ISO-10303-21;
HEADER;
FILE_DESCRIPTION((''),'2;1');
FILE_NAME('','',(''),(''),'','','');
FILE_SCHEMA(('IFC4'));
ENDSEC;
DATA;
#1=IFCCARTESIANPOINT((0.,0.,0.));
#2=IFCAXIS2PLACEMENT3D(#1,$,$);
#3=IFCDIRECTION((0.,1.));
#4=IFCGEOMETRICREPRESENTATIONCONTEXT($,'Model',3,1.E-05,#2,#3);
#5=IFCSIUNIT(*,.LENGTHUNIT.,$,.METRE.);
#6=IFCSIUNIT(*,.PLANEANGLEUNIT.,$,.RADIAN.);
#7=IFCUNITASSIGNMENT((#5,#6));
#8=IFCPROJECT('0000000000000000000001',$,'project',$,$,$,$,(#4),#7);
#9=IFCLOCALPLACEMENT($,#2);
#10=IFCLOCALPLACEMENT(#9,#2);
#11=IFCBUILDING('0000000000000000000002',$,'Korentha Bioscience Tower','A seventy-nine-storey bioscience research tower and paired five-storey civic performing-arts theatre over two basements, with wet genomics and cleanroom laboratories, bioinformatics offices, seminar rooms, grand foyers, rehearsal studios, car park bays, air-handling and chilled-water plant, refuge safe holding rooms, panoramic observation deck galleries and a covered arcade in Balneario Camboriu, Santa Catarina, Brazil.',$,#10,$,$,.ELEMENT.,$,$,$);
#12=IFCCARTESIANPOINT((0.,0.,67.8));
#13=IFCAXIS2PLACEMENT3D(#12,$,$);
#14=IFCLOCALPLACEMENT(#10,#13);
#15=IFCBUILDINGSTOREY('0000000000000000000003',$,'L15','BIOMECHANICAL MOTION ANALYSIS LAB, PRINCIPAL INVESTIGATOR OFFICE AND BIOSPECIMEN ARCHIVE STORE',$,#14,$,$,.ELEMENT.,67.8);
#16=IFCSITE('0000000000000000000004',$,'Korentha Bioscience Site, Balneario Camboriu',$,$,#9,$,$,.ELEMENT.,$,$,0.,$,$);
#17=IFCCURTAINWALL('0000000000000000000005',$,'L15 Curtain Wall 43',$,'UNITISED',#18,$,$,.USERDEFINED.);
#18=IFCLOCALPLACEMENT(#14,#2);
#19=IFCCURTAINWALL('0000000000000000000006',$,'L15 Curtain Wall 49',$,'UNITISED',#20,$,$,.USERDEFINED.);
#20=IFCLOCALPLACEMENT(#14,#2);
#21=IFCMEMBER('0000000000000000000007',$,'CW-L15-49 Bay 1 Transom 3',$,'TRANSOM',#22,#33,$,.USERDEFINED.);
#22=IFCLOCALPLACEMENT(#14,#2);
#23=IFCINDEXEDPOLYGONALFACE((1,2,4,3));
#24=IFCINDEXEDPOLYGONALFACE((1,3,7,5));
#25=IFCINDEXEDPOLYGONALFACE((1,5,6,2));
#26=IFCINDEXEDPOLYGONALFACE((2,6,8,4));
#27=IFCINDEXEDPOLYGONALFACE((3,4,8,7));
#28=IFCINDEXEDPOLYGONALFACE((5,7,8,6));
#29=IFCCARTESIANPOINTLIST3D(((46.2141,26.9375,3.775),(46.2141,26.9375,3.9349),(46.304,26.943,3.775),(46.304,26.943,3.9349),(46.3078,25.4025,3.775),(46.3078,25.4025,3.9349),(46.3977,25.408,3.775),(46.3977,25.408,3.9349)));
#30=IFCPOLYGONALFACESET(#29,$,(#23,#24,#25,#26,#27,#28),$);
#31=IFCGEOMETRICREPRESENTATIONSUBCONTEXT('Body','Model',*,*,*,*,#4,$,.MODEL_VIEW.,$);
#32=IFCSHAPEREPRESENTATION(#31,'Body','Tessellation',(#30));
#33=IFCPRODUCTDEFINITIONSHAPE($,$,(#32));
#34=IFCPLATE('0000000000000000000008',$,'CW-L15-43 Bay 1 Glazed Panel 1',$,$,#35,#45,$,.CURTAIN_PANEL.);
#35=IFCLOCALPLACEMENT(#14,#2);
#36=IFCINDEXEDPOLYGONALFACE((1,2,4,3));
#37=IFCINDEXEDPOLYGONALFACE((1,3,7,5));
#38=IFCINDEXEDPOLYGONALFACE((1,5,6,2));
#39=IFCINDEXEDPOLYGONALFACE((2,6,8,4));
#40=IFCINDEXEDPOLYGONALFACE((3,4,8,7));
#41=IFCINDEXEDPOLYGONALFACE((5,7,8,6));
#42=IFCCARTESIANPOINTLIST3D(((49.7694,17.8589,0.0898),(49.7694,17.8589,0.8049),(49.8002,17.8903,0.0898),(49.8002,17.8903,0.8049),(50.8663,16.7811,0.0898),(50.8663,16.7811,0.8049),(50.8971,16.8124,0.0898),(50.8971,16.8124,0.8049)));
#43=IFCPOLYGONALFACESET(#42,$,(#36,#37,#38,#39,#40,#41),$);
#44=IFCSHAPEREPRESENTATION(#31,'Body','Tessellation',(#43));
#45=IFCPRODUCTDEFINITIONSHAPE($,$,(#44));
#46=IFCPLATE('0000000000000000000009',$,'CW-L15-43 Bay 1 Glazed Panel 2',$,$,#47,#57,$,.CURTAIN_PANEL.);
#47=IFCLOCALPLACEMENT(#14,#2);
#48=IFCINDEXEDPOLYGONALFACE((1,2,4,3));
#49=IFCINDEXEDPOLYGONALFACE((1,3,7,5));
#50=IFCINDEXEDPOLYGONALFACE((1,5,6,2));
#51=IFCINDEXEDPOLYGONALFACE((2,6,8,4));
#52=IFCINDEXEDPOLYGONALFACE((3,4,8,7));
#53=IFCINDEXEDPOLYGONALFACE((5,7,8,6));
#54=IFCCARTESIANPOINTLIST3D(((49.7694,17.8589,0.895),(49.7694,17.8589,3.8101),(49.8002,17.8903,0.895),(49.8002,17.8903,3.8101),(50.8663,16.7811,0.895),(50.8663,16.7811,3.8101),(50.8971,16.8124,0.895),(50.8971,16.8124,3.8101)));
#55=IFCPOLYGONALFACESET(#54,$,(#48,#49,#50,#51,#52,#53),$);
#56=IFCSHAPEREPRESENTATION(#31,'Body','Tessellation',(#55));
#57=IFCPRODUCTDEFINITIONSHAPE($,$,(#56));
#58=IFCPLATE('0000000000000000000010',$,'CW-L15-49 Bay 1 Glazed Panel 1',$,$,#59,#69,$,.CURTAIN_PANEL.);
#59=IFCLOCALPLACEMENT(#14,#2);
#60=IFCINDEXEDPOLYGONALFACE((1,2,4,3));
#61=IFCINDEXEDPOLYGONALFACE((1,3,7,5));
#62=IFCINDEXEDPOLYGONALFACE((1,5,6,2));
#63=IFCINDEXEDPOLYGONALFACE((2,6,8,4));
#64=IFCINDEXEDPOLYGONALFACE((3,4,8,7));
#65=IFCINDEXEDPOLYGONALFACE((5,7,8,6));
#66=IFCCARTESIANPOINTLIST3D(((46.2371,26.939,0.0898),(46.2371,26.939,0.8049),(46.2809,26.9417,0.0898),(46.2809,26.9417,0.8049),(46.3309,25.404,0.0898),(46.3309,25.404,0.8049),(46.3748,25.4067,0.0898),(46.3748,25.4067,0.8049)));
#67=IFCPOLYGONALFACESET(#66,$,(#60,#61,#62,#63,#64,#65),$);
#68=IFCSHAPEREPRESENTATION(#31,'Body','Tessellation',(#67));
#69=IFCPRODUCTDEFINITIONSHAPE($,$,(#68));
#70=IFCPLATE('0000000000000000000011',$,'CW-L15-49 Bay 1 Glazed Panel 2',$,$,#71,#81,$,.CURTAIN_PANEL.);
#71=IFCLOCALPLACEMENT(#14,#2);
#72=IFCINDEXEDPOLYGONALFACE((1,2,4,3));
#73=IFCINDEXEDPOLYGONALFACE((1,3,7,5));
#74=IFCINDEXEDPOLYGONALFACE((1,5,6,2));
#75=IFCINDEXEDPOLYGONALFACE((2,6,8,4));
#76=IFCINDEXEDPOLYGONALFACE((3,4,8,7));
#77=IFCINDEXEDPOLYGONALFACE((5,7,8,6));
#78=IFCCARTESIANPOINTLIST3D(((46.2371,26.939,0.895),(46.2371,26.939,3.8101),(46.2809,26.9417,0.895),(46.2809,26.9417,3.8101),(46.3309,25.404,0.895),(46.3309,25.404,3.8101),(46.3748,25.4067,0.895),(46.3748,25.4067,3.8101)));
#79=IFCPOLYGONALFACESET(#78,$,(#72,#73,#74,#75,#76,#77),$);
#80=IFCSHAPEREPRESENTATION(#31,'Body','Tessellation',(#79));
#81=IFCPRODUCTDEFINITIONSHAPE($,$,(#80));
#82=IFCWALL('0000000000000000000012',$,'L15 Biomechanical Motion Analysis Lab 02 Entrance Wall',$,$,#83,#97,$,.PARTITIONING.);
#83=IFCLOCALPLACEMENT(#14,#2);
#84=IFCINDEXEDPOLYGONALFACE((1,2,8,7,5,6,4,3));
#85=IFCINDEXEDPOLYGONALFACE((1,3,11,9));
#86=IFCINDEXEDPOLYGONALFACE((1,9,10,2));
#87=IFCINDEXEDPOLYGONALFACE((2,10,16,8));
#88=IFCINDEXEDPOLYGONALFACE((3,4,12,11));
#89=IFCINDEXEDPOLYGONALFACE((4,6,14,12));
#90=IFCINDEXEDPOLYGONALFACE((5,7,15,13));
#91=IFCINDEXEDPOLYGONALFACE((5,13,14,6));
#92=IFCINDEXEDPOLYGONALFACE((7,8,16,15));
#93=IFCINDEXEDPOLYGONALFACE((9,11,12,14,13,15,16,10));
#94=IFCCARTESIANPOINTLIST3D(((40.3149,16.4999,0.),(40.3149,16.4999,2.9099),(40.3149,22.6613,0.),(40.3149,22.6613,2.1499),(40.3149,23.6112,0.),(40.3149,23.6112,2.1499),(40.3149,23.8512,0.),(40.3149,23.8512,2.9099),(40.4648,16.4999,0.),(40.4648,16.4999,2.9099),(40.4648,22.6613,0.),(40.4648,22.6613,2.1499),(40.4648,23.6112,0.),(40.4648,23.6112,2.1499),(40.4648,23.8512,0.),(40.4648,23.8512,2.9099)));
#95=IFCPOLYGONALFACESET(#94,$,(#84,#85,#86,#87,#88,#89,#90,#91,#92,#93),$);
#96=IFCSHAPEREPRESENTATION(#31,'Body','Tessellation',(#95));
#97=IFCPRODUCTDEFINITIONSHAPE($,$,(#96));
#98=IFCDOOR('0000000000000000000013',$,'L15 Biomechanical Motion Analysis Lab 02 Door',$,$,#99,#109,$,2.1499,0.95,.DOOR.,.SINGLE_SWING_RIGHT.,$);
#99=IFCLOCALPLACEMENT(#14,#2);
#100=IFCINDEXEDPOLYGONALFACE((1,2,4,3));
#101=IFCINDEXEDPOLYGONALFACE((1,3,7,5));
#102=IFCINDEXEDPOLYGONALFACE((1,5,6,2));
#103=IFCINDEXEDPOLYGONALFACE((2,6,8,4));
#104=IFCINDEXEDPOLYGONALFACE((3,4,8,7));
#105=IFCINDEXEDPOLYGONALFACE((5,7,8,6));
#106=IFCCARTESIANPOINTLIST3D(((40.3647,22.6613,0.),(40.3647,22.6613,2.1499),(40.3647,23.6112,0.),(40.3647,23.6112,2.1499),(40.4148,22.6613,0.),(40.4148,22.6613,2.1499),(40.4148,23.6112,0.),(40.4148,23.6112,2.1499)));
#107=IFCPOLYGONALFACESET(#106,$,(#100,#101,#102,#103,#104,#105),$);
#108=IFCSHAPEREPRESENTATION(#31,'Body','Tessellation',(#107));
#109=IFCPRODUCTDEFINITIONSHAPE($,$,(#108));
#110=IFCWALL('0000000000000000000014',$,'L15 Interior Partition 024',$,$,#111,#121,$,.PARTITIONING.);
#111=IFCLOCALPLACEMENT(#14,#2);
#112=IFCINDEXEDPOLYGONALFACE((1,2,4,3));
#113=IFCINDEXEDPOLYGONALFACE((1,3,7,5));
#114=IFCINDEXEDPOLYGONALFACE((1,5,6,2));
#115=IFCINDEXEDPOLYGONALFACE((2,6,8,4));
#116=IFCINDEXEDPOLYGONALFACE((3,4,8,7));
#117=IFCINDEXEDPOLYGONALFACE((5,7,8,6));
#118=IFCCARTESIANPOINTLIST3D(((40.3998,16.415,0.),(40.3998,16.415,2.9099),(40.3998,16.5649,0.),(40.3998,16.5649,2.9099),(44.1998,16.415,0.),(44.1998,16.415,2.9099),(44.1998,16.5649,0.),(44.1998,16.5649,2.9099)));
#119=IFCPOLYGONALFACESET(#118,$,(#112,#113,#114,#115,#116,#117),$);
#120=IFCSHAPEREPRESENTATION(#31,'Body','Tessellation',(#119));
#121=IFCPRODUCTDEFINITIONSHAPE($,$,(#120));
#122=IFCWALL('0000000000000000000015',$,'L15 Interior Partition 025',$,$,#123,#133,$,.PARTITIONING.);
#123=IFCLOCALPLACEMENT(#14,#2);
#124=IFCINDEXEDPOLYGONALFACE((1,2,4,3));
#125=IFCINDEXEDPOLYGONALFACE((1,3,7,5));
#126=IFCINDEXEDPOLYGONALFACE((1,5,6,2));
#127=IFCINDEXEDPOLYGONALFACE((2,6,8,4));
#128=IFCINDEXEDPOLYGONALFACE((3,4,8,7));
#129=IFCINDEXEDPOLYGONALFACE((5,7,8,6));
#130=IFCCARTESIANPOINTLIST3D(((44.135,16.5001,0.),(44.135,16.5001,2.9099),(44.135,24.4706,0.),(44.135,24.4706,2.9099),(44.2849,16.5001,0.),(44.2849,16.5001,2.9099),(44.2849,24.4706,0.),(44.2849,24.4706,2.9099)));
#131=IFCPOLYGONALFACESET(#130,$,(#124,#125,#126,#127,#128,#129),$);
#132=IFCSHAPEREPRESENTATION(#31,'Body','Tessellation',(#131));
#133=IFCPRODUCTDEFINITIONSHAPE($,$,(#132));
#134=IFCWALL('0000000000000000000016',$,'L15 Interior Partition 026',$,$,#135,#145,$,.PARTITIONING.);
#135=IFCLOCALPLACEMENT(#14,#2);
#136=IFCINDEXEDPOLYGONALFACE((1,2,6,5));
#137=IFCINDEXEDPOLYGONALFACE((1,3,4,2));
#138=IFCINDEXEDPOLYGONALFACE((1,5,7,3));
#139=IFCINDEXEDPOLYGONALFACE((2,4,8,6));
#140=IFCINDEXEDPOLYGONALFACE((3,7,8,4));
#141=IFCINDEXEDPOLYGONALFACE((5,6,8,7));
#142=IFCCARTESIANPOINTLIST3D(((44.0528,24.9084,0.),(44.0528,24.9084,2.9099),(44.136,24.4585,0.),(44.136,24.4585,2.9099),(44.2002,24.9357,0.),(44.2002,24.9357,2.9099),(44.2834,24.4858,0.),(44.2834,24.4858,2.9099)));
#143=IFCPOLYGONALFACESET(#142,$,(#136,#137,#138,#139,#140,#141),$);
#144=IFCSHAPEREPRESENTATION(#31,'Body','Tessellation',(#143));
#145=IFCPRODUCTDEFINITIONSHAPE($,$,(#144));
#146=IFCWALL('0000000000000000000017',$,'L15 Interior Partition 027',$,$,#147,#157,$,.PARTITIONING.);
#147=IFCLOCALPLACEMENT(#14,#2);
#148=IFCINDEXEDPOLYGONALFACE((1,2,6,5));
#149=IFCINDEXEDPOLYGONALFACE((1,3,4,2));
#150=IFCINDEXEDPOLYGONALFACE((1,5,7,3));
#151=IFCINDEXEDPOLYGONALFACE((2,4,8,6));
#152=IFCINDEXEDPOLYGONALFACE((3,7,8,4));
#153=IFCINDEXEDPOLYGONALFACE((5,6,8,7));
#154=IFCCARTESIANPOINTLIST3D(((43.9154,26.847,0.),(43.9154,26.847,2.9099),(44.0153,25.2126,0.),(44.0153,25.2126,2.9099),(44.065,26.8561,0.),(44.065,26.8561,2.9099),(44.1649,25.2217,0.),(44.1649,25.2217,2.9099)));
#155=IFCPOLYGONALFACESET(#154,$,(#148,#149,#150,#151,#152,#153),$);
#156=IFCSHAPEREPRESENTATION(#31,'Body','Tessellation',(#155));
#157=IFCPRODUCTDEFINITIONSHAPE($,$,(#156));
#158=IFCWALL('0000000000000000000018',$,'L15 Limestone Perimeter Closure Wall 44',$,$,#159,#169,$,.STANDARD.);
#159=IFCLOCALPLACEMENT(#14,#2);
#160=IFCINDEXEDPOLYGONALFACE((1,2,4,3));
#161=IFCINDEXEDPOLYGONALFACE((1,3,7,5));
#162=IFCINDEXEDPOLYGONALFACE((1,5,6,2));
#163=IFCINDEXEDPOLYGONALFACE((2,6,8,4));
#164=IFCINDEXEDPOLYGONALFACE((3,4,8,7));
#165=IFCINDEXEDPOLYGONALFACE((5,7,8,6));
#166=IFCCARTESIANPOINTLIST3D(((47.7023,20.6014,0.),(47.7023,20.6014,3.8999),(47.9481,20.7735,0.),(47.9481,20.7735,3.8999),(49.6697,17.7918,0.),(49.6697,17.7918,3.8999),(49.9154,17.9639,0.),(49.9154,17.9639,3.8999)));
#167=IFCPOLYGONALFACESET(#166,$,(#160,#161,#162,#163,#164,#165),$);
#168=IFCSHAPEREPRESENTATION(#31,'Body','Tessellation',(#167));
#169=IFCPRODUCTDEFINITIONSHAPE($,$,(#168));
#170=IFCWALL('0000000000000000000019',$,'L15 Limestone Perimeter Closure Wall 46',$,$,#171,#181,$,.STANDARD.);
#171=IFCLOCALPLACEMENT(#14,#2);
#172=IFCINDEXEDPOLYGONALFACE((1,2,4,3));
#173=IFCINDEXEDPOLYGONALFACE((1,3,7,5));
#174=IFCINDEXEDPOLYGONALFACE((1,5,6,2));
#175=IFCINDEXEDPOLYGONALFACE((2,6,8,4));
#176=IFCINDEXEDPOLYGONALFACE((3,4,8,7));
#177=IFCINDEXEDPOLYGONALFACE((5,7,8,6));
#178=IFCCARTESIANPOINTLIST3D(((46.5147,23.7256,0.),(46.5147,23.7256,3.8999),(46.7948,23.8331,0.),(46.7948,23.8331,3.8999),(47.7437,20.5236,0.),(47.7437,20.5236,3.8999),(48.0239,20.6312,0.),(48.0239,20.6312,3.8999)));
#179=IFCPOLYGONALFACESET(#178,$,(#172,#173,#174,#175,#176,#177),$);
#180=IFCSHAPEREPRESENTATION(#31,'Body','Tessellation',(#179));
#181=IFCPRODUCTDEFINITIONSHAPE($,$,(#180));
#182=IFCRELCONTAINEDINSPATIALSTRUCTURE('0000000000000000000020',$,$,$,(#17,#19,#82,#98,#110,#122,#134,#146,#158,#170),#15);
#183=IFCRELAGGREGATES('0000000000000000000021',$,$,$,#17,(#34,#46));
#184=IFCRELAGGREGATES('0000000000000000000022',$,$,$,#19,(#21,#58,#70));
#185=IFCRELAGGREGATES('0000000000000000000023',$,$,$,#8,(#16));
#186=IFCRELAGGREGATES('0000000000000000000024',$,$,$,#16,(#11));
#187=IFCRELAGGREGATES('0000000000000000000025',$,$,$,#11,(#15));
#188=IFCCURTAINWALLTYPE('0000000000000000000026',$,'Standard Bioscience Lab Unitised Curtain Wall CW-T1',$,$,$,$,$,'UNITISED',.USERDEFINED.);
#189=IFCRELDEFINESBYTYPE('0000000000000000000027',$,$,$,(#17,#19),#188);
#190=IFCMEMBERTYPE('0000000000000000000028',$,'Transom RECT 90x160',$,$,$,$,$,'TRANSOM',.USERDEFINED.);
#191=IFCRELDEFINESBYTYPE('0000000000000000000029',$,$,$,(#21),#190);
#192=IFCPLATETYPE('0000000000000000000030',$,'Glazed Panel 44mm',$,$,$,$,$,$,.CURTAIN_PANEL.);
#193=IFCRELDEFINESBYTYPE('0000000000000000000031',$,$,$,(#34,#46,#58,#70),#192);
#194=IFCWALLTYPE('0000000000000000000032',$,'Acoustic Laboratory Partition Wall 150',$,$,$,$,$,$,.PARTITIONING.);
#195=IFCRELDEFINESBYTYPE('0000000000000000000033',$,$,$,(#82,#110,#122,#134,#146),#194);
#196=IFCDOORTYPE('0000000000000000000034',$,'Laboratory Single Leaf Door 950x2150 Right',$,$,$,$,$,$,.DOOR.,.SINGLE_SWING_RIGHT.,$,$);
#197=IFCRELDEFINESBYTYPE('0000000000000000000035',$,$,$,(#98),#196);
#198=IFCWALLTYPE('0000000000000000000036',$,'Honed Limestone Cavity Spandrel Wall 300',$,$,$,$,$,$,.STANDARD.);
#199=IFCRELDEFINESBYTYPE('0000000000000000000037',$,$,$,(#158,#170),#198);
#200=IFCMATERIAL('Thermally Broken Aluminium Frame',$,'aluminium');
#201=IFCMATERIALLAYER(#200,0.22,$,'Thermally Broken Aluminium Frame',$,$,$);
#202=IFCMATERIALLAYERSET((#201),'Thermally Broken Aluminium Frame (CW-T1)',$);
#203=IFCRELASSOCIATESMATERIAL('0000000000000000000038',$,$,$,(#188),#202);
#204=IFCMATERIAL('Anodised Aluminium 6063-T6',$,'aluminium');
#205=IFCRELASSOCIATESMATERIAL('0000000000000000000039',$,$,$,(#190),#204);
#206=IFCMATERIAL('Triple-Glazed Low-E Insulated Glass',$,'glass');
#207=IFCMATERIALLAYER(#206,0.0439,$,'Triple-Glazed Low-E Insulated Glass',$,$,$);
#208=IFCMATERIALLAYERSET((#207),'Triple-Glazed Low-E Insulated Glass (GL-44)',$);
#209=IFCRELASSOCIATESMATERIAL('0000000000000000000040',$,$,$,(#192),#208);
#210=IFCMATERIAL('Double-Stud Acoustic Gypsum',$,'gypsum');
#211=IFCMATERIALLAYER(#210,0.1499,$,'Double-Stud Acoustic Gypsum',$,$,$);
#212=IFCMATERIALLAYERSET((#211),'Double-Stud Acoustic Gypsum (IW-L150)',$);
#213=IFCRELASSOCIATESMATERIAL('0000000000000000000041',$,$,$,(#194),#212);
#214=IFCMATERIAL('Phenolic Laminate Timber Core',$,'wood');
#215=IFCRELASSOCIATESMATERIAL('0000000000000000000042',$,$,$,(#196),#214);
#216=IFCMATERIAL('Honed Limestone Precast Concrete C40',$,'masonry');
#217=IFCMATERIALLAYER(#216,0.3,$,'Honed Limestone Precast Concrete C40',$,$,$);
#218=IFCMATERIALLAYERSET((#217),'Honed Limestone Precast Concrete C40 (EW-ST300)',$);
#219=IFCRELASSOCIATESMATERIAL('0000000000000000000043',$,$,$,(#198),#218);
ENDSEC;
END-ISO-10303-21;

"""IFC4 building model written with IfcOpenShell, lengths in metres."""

from ifc_helpers import new_model, si_unit, direction, frame, frame_2d, origin, origin_2d, place, context, subcontext, project, spatial, rectangle, extrude, material, layer, layer_set, material_profile, profile_set, type_object, element, fill, aggregate, save


model = new_model("IFC4")

# Units and contexts
model_context = context("Model", 3, precision=1e-05, world=origin(), true_north=direction((0.0, 1.0)))
body_context = subcontext(model_context, "Body", "Model", "MODEL_VIEW")
ifc_project = project(units=[si_unit("LENGTHUNIT", "METRE"), si_unit("PLANEANGLEUNIT", "RADIAN")], contexts=[model_context])

# Site, building, storey
site_placement = place(None, origin())
site = spatial("IfcSite", under=ifc_project, at=site_placement, Name="Korentha Bioscience Site, Balneario Camboriu", CompositionType="ELEMENT", RefElevation=0.0)
building_placement = place(site_placement, origin())
building = spatial("IfcBuilding", under=site, at=building_placement, Name="Korentha Bioscience Tower", Description="A seventy-nine-storey bioscience research tower and paired five-storey civic performing-arts theatre over two basements, with wet genomics and cleanroom laboratories, bioinformatics offices, seminar rooms, grand foyers, rehearsal studios, car park bays, air-handling and chilled-water plant, refuge safe holding rooms, panoramic observation deck galleries and a covered arcade in Balneario Camboriu, Santa Catarina, Brazil.", CompositionType="ELEMENT")
storey_placement = place(building_placement, frame((0.0, 0.0, 67.8)))
storey = spatial("IfcBuildingStorey", under=building, at=storey_placement, Name="L15", Description="BIOMECHANICAL MOTION ANALYSIS LAB, PRINCIPAL INVESTIGATOR OFFICE AND BIOSPECIMEN ARCHIVE STORE", CompositionType="ELEMENT", Elevation=67.8)

# Curtain wall
ifc_material_1 = material(Name="Thermally Broken Aluminium Frame", Category="aluminium")
ifc_layer_1 = layer(ifc_material_1, 0.22, Name="Thermally Broken Aluminium Frame")
ifc_layer_set_1 = layer_set([ifc_layer_1], Name="Thermally Broken Aluminium Frame (CW-T1)")
curtain_wall_type = type_object("IfcCurtainWallType", Name="Standard Bioscience Lab Unitised Curtain Wall CW-T1", ElementType="UNITISED", PredefinedType="USERDEFINED", material=ifc_layer_set_1)
curtain_wall_1_placement = place(storey_placement, origin())
curtain_wall_1 = element("IfcCurtainWall", 1, at=curtain_wall_1_placement, inside=storey, type_object=curtain_wall_type, Name="L15 Curtain Wall 43", ObjectType="UNITISED", PredefinedType="USERDEFINED")
ifc_material_2 = material(Name="Anodised Aluminium 6063-T6", Category="aluminium")

# Curtain wall
curtain_wall_2_placement = place(storey_placement, origin())
curtain_wall_2 = element("IfcCurtainWall", 2, at=curtain_wall_2_placement, inside=storey, type_object=curtain_wall_type, Name="L15 Curtain Wall 49", ObjectType="UNITISED", PredefinedType="USERDEFINED")

# Member
ifc_material_profile_1 = material_profile(ifc_material_2, rectangle(XDim=0.0901, YDim=0.1599, at=origin_2d()), Name="Anodised Aluminium 6063-T6")
ifc_profile_set_1 = profile_set([ifc_material_profile_1], Name="Anodised Aluminium 6063-T6 (CW-TRN)")
member_type_1 = type_object("IfcMemberType", Name="Transom RECT 90x160", ElementType="TRANSOM", PredefinedType="USERDEFINED", material=ifc_profile_set_1)
member_1_placement = place(storey_placement, frame((46.3528, 25.4053, 3.855), z_axis=(-0.060965, 0.99814, 0.0), x_axis=(-0.99814, -0.060965, 0.0)))
member_1 = element("IfcMember", 3, at=member_1_placement, type_object=member_type_1, Name="CW-L15-49 Bay 1 Transom 3", ObjectType="TRANSOM", PredefinedType="USERDEFINED", context=body_context, shape_type="SweptSolid", body=[
    extrude(rectangle(XDim=0.0901, YDim=0.1599, at=origin_2d()), origin(), (0.0, 0.0, 1.0), 1.5378),
])

# Plates
ifc_material_3 = material(Name="Triple-Glazed Low-E Insulated Glass", Category="glass")
ifc_layer_2 = layer(ifc_material_3, 0.0439, Name="Triple-Glazed Low-E Insulated Glass")
ifc_layer_set_2 = layer_set([ifc_layer_2], Name="Triple-Glazed Low-E Insulated Glass (GL-44)")
plate_type = type_object("IfcPlateType", Name="Glazed Panel 44mm", PredefinedType="CURTAIN_PANEL", material=ifc_layer_set_2)
plate_1_placement = place(storey_placement, frame((50.3333, 17.3357, 0.0898), z_axis=(0.0, 0.0, 1.0), x_axis=(-0.713279, 0.70088, 0.0)))
plate_1 = element("IfcPlate", 4, at=plate_1_placement, type_object=plate_type, Name="CW-L15-43 Bay 1 Glazed Panel 1", PredefinedType="CURTAIN_PANEL", context=body_context, shape_type="SweptSolid", body=[
    extrude(rectangle(XDim=1.5378, YDim=0.0439, at=origin_2d()), origin(), (0.0, 0.0, 1.0), 0.7151),
])
plate_2_placement = place(storey_placement, frame((50.3333, 17.3357, 0.895), z_axis=(0.0, 0.0, 1.0), x_axis=(-0.713279, 0.70088, 0.0)))
plate_2 = element("IfcPlate", 5, at=plate_2_placement, type_object=plate_type, Name="CW-L15-43 Bay 1 Glazed Panel 2", PredefinedType="CURTAIN_PANEL", context=body_context, shape_type="SweptSolid", body=[
    extrude(rectangle(XDim=1.5378, YDim=0.0439, at=origin_2d()), origin(), (0.0, 0.0, 1.0), 2.915),
])
aggregate(curtain_wall_1, [plate_1, plate_2])
plate_3_placement = place(storey_placement, frame((46.3059, 26.1729, 0.0898), z_axis=(0.0, 0.0, 1.0), x_axis=(-0.061008, 0.998137, 0.0)))
plate_3 = element("IfcPlate", 6, at=plate_3_placement, type_object=plate_type, Name="CW-L15-49 Bay 1 Glazed Panel 1", PredefinedType="CURTAIN_PANEL", context=body_context, shape_type="SweptSolid", body=[
    extrude(rectangle(XDim=1.5378, YDim=0.0439, at=origin_2d()), origin(), (0.0, 0.0, 1.0), 0.7151),
])
plate_4_placement = place(storey_placement, frame((46.3059, 26.1729, 0.895), z_axis=(0.0, 0.0, 1.0), x_axis=(-0.061008, 0.998137, 0.0)))
plate_4 = element("IfcPlate", 7, at=plate_4_placement, type_object=plate_type, Name="CW-L15-49 Bay 1 Glazed Panel 2", PredefinedType="CURTAIN_PANEL", context=body_context, shape_type="SweptSolid", body=[
    extrude(rectangle(XDim=1.5378, YDim=0.0439, at=origin_2d()), origin(), (0.0, 0.0, 1.0), 2.915),
])
aggregate(curtain_wall_2, [member_1, plate_3, plate_4])

# Wall, opening, door
ifc_material_4 = material(Name="Double-Stud Acoustic Gypsum", Category="gypsum")
ifc_layer_3 = layer(ifc_material_4, 0.1499, Name="Double-Stud Acoustic Gypsum")
ifc_layer_set_3 = layer_set([ifc_layer_3], Name="Double-Stud Acoustic Gypsum (IW-L150)")
wall_type_1 = type_object("IfcWallType", Name="Acoustic Laboratory Partition Wall 150", PredefinedType="PARTITIONING", material=ifc_layer_set_3)
wall_1_placement = place(storey_placement, frame((40.3899, 23.8513, 0.0), z_axis=(0.0, 0.0, 1.0), x_axis=(0.0, -1.0, 0.0)))
wall_1 = element("IfcWall", 8, at=wall_1_placement, inside=storey, type_object=wall_type_1, Name="L15 Biomechanical Motion Analysis Lab 02 Entrance Wall", PredefinedType="PARTITIONING", context=body_context, shape_type="SweptSolid", body=[
    extrude(rectangle(XDim=7.3513, YDim=0.1499, at=frame_2d((3.6758, 0.0))), origin(), (0.0, 0.0, 1.0), 2.9099),
])
opening_placement = place(wall_1_placement, frame((0.24, 0.0, 0.0)))
opening = element("IfcOpeningElement", 9, at=opening_placement, cuts=wall_1, PredefinedType="OPENING", context=body_context, shape_type="SweptSolid", body=[
    extrude(rectangle(XDim=0.95, YDim=2.1499, at=frame_2d((0.4751, 1.075))), frame((0.0, 0.0898, 0.0), z_axis=(0.0, -1.0, 0.0), x_axis=(1.0, 0.0, 0.0)), (0.0, 0.0, 1.0), 0.1797),
])
ifc_material_5 = material(Name="Phenolic Laminate Timber Core", Category="wood")
door_type = type_object("IfcDoorType", Name="Laboratory Single Leaf Door 950x2150 Right", OperationType="SINGLE_SWING_RIGHT", PredefinedType="DOOR", material=ifc_material_5)
door_placement = place(opening_placement, origin())
door = element("IfcDoor", 10, at=door_placement, inside=storey, type_object=door_type, Name="L15 Biomechanical Motion Analysis Lab 02 Door", OperationType="SINGLE_SWING_RIGHT", OverallHeight=2.1499, OverallWidth=0.95, PredefinedType="DOOR", context=body_context, shape_type="SweptSolid", body=[
    extrude(rectangle(XDim=0.95, YDim=2.1499, at=frame_2d((0.4751, 1.075))), frame((0.0, 0.0249, 0.0), z_axis=(0.0, -1.0, 0.0), x_axis=(1.0, 0.0, 0.0)), (0.0, 0.0, 1.0), 0.05),
])
fill(opening, door)

# Walls
wall_2_placement = place(storey_placement, frame((40.3999, 16.49, 0.0), z_axis=(0.0, 0.0, 1.0), x_axis=(1.0, 0.0, 0.0)))
element("IfcWall", 11, at=wall_2_placement, inside=storey, type_object=wall_type_1, Name="L15 Interior Partition 024", PredefinedType="PARTITIONING", context=body_context, shape_type="SweptSolid", body=[
    extrude(rectangle(XDim=3.8, YDim=0.1499, at=frame_2d((1.8999, 0.0))), origin(), (0.0, 0.0, 1.0), 2.9099),
])
wall_3_placement = place(storey_placement, frame((44.21, 16.5, 0.0), z_axis=(0.0, 0.0, 1.0), x_axis=(0.0, 1.0, 0.0)))
element("IfcWall", 12, at=wall_3_placement, inside=storey, type_object=wall_type_1, Name="L15 Interior Partition 025", PredefinedType="PARTITIONING", context=body_context, shape_type="SweptSolid", body=[
    extrude(rectangle(XDim=7.9705, YDim=0.1499, at=frame_2d((3.9854, 0.0))), origin(), (0.0, 0.0, 1.0), 2.9099),
])
wall_4_placement = place(storey_placement, frame((44.2097, 24.4722, 0.0), z_axis=(0.0, 0.0, 1.0), x_axis=(-0.181936, 0.98331, 0.0)))
element("IfcWall", 13, at=wall_4_placement, inside=storey, type_object=wall_type_1, Name="L15 Interior Partition 026", PredefinedType="PARTITIONING", context=body_context, shape_type="SweptSolid", body=[
    extrude(rectangle(XDim=0.4575, YDim=0.1499, at=frame_2d((0.2288, 0.0))), origin(), (0.0, 0.0, 1.0), 2.9099),
])
wall_5_placement = place(storey_placement, frame((44.0901, 25.217, 0.0), z_axis=(0.0, 0.0, 1.0), x_axis=(-0.060977, 0.998139, 0.0)))
element("IfcWall", 14, at=wall_5_placement, inside=storey, type_object=wall_type_1, Name="L15 Interior Partition 027", PredefinedType="PARTITIONING", context=body_context, shape_type="SweptSolid", body=[
    extrude(rectangle(XDim=1.6375, YDim=0.1499, at=frame_2d((0.8188, 0.0))), origin(), (0.0, 0.0, 1.0), 2.9099),
])
ifc_material_6 = material(Name="Honed Limestone Precast Concrete C40", Category="masonry")
ifc_layer_4 = layer(ifc_material_6, 0.3, Name="Honed Limestone Precast Concrete C40")
ifc_layer_set_4 = layer_set([ifc_layer_4], Name="Honed Limestone Precast Concrete C40 (EW-ST300)")
wall_type_2 = type_object("IfcWallType", Name="Honed Limestone Cavity Spandrel Wall 300", PredefinedType="STANDARD", material=ifc_layer_set_4)
wall_6_placement = place(storey_placement, frame((49.7925, 17.8779, 0.0), z_axis=(0.0, 0.0, 1.0), x_axis=(-0.573577, 0.819152, 0.0)))
element("IfcWall", 15, at=wall_6_placement, inside=storey, type_object=wall_type_2, Name="L15 Limestone Perimeter Closure Wall 44", PredefinedType="STANDARD", context=body_context, shape_type="SweptSolid", body=[
    extrude(rectangle(XDim=3.4299, YDim=0.3, at=frame_2d((1.7148, 0.0))), origin(), (0.0, 0.0, 1.0), 3.8999),
])
wall_7_placement = place(storey_placement, frame((47.8838, 20.5774, 0.0), z_axis=(0.0, 0.0, 1.0), x_axis=(-0.358345, 0.933589, 0.0)))
element("IfcWall", 16, at=wall_7_placement, inside=storey, type_object=wall_type_2, Name="L15 Limestone Perimeter Closure Wall 46", PredefinedType="STANDARD", context=body_context, shape_type="SweptSolid", body=[
    extrude(rectangle(XDim=3.4297, YDim=0.3, at=frame_2d((1.7148, 0.0))), origin(), (0.0, 0.0, 1.0), 3.8999),
])

save(model, "model.ifc")
